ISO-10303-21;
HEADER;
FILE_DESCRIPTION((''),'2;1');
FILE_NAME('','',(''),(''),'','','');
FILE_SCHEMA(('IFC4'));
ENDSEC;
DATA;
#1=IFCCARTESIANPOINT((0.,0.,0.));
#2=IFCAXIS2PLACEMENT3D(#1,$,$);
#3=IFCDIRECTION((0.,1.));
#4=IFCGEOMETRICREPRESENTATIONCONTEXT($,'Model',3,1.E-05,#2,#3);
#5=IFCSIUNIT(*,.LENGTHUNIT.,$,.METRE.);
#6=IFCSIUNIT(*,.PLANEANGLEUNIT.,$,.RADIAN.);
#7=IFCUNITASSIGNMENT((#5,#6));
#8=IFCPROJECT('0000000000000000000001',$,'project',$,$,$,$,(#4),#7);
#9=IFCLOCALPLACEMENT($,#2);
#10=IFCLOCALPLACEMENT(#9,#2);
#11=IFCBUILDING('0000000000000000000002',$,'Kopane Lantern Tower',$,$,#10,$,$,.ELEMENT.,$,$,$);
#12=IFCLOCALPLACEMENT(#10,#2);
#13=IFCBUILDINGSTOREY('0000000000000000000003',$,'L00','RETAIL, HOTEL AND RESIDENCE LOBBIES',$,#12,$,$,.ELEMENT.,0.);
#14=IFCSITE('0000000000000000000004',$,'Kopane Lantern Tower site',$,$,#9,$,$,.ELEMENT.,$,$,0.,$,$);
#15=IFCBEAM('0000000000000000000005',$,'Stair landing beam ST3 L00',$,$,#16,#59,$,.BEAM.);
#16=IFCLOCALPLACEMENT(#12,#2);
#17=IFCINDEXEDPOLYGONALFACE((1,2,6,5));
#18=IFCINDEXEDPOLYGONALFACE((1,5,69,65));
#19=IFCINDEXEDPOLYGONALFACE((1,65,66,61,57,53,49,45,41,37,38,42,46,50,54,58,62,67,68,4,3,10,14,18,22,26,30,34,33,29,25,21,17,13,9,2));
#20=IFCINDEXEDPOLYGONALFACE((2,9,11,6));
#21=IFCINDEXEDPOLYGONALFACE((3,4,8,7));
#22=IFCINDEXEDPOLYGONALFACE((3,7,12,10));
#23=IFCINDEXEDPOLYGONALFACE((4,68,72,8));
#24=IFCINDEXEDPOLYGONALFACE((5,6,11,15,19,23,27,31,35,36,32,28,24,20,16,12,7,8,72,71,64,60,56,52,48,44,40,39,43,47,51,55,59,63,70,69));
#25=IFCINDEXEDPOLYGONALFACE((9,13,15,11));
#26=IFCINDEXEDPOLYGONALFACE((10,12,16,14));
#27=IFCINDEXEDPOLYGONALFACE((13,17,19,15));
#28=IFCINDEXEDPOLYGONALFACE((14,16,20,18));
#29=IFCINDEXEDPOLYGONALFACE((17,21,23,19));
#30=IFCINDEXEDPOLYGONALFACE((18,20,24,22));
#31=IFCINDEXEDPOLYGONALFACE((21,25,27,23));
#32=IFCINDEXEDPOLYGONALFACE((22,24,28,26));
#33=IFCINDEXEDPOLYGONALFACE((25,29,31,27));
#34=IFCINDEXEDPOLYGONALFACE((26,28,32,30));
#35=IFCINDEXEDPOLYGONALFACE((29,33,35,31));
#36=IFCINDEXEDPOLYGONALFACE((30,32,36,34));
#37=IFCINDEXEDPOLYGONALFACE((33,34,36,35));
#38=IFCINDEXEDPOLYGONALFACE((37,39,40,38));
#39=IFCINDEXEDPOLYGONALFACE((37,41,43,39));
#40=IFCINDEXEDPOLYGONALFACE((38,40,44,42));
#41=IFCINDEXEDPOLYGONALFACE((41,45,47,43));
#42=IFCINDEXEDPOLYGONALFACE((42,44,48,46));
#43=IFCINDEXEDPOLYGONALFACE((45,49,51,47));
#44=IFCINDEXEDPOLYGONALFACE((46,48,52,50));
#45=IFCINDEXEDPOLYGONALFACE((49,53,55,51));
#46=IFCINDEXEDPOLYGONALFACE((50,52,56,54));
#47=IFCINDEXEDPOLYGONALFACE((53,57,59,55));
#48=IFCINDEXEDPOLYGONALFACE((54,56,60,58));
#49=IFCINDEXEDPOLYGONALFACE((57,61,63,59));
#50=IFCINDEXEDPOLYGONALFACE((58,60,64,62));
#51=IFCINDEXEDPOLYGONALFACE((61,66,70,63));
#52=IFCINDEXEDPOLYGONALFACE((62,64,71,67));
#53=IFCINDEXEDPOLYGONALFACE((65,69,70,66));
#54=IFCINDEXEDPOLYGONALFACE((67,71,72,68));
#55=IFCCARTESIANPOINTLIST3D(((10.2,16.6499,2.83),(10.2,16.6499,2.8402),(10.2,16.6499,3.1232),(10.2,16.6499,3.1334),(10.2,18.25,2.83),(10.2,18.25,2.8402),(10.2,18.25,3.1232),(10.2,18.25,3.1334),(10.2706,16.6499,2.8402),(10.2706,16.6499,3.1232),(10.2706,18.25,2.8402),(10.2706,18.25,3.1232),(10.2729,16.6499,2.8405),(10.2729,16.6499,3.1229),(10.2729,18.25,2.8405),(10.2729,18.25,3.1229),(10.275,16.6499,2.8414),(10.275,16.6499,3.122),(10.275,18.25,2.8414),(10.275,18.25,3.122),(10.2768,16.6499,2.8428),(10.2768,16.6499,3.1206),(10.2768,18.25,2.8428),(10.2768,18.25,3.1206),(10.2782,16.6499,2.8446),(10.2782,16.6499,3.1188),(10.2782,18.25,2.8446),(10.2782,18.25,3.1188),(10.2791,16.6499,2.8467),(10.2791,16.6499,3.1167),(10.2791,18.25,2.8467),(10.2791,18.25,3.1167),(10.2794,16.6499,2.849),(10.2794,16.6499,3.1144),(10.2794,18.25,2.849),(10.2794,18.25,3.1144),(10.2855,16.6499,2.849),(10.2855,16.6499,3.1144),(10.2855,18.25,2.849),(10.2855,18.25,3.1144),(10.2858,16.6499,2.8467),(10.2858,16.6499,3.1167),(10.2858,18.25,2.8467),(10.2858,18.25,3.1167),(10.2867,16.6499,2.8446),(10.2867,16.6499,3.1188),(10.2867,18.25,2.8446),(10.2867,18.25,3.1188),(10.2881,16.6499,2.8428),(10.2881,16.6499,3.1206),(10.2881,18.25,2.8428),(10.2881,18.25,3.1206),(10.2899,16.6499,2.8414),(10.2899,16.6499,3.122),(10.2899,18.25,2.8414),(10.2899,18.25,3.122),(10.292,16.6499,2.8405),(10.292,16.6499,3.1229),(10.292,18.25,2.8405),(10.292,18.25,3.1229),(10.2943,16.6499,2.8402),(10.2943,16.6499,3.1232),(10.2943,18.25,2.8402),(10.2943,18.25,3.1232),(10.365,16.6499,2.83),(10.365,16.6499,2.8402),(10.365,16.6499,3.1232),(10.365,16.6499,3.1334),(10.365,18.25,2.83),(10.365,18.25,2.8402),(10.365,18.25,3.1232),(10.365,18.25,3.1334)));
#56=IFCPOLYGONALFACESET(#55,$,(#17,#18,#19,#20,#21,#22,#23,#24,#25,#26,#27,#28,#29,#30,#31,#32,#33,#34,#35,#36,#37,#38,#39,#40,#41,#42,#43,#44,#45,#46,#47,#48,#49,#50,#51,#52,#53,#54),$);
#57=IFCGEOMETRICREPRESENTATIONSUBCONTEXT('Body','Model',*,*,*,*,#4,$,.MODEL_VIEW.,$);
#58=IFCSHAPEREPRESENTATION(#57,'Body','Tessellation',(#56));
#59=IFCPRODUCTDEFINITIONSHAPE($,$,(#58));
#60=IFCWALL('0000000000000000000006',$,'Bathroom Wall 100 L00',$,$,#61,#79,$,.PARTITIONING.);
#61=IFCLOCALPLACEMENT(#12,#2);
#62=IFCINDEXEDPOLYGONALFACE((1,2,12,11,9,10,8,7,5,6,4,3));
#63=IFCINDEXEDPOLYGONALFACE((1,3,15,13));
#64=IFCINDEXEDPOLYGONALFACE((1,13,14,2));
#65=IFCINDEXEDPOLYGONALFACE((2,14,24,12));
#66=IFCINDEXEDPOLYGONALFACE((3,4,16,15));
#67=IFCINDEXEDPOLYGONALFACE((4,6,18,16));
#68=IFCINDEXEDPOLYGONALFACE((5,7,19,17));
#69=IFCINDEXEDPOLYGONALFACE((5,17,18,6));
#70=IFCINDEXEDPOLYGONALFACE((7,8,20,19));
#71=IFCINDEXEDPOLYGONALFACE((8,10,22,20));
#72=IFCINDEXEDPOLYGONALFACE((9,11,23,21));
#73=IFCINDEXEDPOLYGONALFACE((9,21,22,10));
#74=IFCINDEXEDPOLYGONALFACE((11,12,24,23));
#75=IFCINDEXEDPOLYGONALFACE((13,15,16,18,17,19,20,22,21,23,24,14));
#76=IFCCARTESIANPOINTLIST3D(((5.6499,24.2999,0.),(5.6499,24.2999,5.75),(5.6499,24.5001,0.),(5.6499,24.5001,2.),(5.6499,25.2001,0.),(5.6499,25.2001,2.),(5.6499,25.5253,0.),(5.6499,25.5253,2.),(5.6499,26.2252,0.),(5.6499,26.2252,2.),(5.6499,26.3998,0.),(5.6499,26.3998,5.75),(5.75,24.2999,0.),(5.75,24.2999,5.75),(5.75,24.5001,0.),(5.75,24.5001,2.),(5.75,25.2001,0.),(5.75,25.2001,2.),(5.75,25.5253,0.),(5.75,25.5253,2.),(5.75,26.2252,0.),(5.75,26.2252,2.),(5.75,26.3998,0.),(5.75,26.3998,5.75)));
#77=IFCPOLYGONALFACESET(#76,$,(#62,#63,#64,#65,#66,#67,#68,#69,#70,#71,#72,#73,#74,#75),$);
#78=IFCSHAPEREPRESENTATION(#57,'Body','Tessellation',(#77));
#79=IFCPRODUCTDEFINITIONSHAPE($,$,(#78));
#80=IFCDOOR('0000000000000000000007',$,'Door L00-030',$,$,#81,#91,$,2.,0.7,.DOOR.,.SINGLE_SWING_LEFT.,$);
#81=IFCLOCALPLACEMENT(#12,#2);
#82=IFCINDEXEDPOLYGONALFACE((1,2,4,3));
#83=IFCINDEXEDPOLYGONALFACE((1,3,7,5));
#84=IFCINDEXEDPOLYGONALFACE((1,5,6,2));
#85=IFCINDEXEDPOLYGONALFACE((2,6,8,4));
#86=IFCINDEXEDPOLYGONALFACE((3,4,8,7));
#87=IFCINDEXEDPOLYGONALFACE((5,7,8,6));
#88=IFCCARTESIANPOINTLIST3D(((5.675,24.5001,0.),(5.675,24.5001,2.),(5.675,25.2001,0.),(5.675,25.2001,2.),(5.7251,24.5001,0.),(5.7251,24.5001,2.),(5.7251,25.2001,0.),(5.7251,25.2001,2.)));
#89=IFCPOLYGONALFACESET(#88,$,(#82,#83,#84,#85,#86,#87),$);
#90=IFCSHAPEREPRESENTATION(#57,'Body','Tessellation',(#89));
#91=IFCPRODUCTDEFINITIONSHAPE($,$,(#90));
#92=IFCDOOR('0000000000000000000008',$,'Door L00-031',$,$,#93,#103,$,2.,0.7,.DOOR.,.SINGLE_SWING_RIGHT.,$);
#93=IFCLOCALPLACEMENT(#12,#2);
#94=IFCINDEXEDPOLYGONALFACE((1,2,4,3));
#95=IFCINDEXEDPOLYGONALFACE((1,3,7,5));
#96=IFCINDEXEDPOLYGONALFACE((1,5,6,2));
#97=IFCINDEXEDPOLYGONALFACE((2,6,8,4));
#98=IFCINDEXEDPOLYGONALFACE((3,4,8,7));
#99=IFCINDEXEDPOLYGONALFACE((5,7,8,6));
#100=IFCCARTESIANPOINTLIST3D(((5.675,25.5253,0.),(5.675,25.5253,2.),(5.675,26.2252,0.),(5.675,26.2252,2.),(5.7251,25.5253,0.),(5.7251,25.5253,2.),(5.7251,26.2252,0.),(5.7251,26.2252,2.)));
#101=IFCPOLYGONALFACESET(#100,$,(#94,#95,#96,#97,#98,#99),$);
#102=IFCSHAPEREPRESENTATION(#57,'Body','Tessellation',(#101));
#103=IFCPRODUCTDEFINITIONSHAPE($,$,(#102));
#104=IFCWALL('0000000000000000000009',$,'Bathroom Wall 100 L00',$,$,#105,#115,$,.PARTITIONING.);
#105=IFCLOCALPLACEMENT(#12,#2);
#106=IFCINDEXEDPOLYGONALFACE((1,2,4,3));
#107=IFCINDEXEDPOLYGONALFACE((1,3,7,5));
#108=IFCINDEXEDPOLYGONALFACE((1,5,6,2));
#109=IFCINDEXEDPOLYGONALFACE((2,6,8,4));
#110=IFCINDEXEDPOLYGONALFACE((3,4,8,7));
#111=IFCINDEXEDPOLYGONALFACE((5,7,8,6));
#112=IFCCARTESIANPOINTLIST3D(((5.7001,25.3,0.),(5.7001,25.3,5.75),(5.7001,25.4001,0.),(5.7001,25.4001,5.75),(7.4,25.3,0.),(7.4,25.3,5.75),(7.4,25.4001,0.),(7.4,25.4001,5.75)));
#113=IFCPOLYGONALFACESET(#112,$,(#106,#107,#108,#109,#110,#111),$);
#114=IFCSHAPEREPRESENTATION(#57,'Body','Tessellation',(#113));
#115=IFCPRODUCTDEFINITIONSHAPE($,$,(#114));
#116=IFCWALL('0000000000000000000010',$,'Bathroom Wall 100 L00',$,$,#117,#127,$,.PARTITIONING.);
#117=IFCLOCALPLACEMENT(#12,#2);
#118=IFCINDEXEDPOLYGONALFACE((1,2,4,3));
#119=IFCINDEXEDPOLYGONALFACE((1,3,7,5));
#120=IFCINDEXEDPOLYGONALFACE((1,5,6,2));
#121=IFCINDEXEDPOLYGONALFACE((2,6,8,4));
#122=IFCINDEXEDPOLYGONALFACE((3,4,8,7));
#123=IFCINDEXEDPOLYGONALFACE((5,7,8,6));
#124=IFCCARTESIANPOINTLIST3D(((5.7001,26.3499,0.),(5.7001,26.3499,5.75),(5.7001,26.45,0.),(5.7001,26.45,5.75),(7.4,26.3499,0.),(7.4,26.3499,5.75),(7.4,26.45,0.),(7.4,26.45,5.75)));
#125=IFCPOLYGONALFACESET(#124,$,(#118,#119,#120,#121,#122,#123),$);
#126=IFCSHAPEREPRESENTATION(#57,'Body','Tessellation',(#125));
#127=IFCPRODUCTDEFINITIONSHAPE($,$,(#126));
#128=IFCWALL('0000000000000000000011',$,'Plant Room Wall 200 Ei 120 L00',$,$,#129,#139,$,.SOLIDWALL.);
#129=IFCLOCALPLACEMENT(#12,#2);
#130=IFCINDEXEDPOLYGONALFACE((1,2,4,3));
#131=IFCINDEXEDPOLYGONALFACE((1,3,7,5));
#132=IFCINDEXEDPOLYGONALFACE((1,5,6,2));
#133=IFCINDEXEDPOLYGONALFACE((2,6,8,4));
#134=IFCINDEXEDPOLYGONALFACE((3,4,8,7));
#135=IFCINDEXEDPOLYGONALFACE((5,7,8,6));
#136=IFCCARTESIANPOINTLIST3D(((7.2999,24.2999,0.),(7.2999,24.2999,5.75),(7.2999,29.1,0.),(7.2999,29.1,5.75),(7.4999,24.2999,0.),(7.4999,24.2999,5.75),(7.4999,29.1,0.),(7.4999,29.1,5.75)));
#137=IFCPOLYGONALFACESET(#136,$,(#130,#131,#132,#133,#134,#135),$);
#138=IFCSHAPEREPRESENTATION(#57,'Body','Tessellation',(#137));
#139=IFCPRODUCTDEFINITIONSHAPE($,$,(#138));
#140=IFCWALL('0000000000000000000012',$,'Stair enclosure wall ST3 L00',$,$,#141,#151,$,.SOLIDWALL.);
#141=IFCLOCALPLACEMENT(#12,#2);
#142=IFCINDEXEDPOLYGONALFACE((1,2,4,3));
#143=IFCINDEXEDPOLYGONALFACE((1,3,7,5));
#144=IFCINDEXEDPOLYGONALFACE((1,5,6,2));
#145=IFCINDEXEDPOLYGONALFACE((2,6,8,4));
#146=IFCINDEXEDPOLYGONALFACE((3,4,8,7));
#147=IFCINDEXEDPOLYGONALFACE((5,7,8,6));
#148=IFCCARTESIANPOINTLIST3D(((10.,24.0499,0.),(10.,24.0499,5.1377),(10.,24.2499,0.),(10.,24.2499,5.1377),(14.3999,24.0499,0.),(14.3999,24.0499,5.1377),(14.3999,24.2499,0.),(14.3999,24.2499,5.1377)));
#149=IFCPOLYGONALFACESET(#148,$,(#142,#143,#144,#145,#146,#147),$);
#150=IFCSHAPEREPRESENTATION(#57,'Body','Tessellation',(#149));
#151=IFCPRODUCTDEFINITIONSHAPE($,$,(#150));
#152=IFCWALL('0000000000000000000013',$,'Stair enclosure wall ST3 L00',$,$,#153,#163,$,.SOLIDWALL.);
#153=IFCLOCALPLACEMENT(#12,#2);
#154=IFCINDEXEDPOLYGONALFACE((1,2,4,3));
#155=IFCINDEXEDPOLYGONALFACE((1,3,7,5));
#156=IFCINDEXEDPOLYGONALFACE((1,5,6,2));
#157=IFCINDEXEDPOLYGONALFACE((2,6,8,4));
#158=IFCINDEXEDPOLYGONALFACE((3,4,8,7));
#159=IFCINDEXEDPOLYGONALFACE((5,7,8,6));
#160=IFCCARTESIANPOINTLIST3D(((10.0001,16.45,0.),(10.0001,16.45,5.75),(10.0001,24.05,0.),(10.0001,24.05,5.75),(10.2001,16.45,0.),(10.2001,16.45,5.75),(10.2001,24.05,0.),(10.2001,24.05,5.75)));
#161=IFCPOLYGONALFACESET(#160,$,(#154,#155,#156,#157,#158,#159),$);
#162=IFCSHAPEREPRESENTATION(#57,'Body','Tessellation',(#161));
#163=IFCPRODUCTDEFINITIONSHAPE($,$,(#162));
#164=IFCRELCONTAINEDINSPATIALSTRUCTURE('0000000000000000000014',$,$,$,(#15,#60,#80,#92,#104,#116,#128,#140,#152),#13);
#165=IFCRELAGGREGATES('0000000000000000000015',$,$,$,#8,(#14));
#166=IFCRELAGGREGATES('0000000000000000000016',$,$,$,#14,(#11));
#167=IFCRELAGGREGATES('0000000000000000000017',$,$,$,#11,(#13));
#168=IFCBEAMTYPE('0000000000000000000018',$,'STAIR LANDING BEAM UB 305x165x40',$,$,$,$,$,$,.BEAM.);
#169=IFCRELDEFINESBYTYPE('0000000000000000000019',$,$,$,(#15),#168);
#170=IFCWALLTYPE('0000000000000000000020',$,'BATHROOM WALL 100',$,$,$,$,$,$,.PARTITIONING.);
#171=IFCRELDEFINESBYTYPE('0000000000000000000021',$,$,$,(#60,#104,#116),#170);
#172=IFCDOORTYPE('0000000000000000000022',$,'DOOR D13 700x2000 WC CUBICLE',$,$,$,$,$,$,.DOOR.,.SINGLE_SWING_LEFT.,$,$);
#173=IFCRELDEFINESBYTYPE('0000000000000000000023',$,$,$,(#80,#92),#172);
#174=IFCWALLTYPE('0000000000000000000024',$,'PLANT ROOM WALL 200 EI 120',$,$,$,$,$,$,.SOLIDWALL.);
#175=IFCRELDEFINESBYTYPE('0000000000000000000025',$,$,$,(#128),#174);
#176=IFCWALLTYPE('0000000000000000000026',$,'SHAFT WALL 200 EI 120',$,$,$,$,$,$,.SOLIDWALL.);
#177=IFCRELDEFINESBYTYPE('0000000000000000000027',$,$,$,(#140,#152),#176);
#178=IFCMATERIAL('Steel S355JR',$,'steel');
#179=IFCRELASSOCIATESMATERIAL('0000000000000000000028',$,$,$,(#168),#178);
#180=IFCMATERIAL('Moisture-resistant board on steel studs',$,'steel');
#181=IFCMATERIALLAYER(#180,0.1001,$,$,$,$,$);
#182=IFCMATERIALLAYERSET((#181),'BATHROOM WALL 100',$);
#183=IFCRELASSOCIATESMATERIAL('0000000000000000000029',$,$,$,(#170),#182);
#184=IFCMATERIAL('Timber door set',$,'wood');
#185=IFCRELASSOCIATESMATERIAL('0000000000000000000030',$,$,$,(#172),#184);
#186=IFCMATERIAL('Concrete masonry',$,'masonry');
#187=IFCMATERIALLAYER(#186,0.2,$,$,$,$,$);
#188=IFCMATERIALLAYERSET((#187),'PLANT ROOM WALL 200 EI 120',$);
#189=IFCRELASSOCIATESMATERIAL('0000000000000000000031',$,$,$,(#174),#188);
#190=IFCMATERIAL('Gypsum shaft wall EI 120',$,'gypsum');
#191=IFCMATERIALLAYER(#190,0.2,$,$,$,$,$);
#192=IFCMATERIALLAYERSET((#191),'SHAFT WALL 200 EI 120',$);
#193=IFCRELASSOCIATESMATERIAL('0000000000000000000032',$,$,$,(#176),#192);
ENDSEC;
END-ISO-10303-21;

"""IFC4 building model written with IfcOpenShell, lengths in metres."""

from ifc_helpers import new_model, si_unit, direction, frame, frame_2d, origin, origin_2d, place, context, subcontext, project, spatial, rectangle, i_section, extrude, material, layer, layer_set, material_profile, profile_set, type_object, element, fill, save


model = new_model("IFC4")

# Units and contexts
model_context = context("Model", 3, precision=1e-05, world=origin(), true_north=direction((0.0, 1.0)))
body_context = subcontext(model_context, "Body", "Model", "MODEL_VIEW")
ifc_project = project(units=[si_unit("LENGTHUNIT", "METRE"), si_unit("PLANEANGLEUNIT", "RADIAN")], contexts=[model_context])

# Site, building, storey
site_placement = place(None, origin())
site = spatial("IfcSite", under=ifc_project, at=site_placement, Name="Kopane Lantern Tower site", CompositionType="ELEMENT", RefElevation=0.0)
building_placement = place(site_placement, origin())
building = spatial("IfcBuilding", under=site, at=building_placement, Name="Kopane Lantern Tower", CompositionType="ELEMENT")
storey_placement = place(building_placement, origin())
storey = spatial("IfcBuildingStorey", under=building, at=storey_placement, Name="L00", Description="RETAIL, HOTEL AND RESIDENCE LOBBIES", CompositionType="ELEMENT", Elevation=0.0)

# Beam
ifc_material_1 = material(Name="Steel S355JR", Category="steel")
ifc_material_profile_1 = material_profile(ifc_material_1, i_section(OverallWidth=0.165, OverallDepth=0.3035, WebThickness=0.0061, FlangeThickness=0.0103, FilletRadius=0.0088, at=origin_2d()), Name="UB 305x165x40")
ifc_profile_set_1 = profile_set([ifc_material_profile_1], Name="Steel S355JR")
beam_type_1 = type_object("IfcBeamType", Name="STAIR LANDING BEAM UB 305x165x40", PredefinedType="BEAM", material=ifc_profile_set_1)
beam_placement = place(storey_placement, frame((10.2825, 16.6499, 2.9817), z_axis=(0.0, 1.0, 0.0), x_axis=(-1.0, 0.0, 0.0)))
element("IfcBeam", 1, at=beam_placement, inside=storey, type_object=beam_type_1, Name="Stair landing beam ST3 L00", PredefinedType="BEAM", context=body_context, shape_type="SweptSolid", body=[
    extrude(i_section(OverallWidth=0.165, OverallDepth=0.3035, WebThickness=0.0061, FlangeThickness=0.0103, FilletRadius=0.0088, at=origin_2d()), origin(), (0.0, 0.0, 1.0), 1.6001),
])

# Wall, openings, doors
ifc_material_2 = material(Name="Moisture-resistant board on steel studs", Category="steel")
ifc_layer_1 = layer(ifc_material_2, 0.1001)
ifc_layer_set_1 = layer_set([ifc_layer_1], Name="BATHROOM WALL 100")
wall_type_1 = type_object("IfcWallType", Name="BATHROOM WALL 100", PredefinedType="PARTITIONING", material=ifc_layer_set_1)
wall_1_placement = place(storey_placement, frame((5.7, 24.3, 0.0), z_axis=(0.0, 0.0, 1.0), x_axis=(0.0, 1.0, 0.0)))
wall_1 = element("IfcWall", 2, at=wall_1_placement, inside=storey, type_object=wall_type_1, Name="Bathroom Wall 100 L00", PredefinedType="PARTITIONING", context=body_context, shape_type="SweptSolid", body=[
    extrude(rectangle(XDim=2.0999, YDim=0.1001, at=frame_2d((1.0498, 0.0))), origin(), (0.0, 0.0, 1.0), 5.75),
])
opening_1_placement = place(wall_1_placement, frame((0.2, 0.0, 0.0)))
opening_1 = element("IfcOpeningElement", 3, at=opening_1_placement, cuts=wall_1, PredefinedType="OPENING", context=body_context, shape_type="SweptSolid", body=[
    extrude(rectangle(XDim=0.7, YDim=2.0, at=frame_2d((0.3501, 1.0))), frame((0.0, 0.0601, 0.0), z_axis=(0.0, -1.0, 0.0), x_axis=(1.0, 0.0, 0.0)), (0.0, 0.0, 1.0), 0.1201),
])
opening_2_placement = place(wall_1_placement, frame((1.2251, 0.0, 0.0)))
opening_2 = element("IfcOpeningElement", 4, at=opening_2_placement, cuts=wall_1, PredefinedType="OPENING", context=body_context, shape_type="SweptSolid", body=[
    extrude(rectangle(XDim=0.7, YDim=2.0, at=frame_2d((0.3501, 1.0))), frame((0.0, 0.0601, 0.0), z_axis=(0.0, -1.0, 0.0), x_axis=(1.0, 0.0, 0.0)), (0.0, 0.0, 1.0), 0.1201),
])
ifc_material_3 = material(Name="Timber door set", Category="wood")
door_type = type_object("IfcDoorType", Name="DOOR D13 700x2000 WC CUBICLE", OperationType="SINGLE_SWING_LEFT", PredefinedType="DOOR", material=ifc_material_3)
door_1_placement = place(opening_1_placement, origin())
door_1 = element("IfcDoor", 5, at=door_1_placement, inside=storey, type_object=door_type, Name="Door L00-030", OperationType="SINGLE_SWING_LEFT", OverallHeight=2.0, OverallWidth=0.7, PredefinedType="DOOR", context=body_context, shape_type="SweptSolid", body=[
    extrude(rectangle(XDim=0.7, YDim=2.0, at=frame_2d((0.3501, 1.0))), frame((0.0, 0.0249, 0.0), z_axis=(0.0, -1.0, 0.0), x_axis=(1.0, 0.0, 0.0)), (0.0, 0.0, 1.0), 0.05),
])
fill(opening_1, door_1)
door_2_placement = place(opening_2_placement, origin())
door_2 = element("IfcDoor", 6, at=door_2_placement, inside=storey, type_object=door_type, Name="Door L00-031", OperationType="SINGLE_SWING_RIGHT", OverallHeight=2.0, OverallWidth=0.7, PredefinedType="DOOR", context=body_context, shape_type="SweptSolid", body=[
    extrude(rectangle(XDim=0.7, YDim=2.0, at=frame_2d((0.3501, 1.0))), frame((0.0, 0.0249, 0.0), z_axis=(0.0, -1.0, 0.0), x_axis=(1.0, 0.0, 0.0)), (0.0, 0.0, 1.0), 0.05),
])
fill(opening_2, door_2)

# Walls
for number, where, z_axis, x_axis, name in (
    (7, (5.7, 25.3501, 0.0), (0.0, 0.0, 1.0), (1.0, 0.0, 0.0), "Bathroom Wall 100 L00"),
    (8, (5.7, 26.3999, 0.0), (0.0, 0.0, 1.0), (1.0, 0.0, 0.0), "Bathroom Wall 100 L00"),
):
    element("IfcWall", number, at=place(storey_placement, frame(where, z_axis=z_axis, x_axis=x_axis)), inside=storey, type_object=wall_type_1, Name=name, PredefinedType="PARTITIONING", context=body_context, shape_type="SweptSolid", body=[
        extrude(rectangle(XDim=1.7, YDim=0.1001, at=frame_2d((0.8501, 0.0))), origin(), (0.0, 0.0, 1.0), 5.75),
    ])
ifc_material_4 = material(Name="Concrete masonry", Category="masonry")
ifc_layer_2 = layer(ifc_material_4, 0.2)
ifc_layer_set_2 = layer_set([ifc_layer_2], Name="PLANT ROOM WALL 200 EI 120")
wall_type_2 = type_object("IfcWallType", Name="PLANT ROOM WALL 200 EI 120", PredefinedType="SOLIDWALL", material=ifc_layer_set_2)
wall_2_placement = place(storey_placement, frame((7.3999, 24.3, 0.0), z_axis=(0.0, 0.0, 1.0), x_axis=(0.0, 1.0, 0.0)))
element("IfcWall", 9, at=wall_2_placement, inside=storey, type_object=wall_type_2, Name="Plant Room Wall 200 Ei 120 L00", PredefinedType="SOLIDWALL", context=body_context, shape_type="SweptSolid", body=[
    extrude(rectangle(XDim=4.8, YDim=0.2, at=frame_2d((2.3999, 0.0))), origin(), (0.0, 0.0, 1.0), 5.75),
])
ifc_material_5 = material(Name="Gypsum shaft wall EI 120", Category="gypsum")
ifc_layer_3 = layer(ifc_material_5, 0.2)
ifc_layer_set_3 = layer_set([ifc_layer_3], Name="SHAFT WALL 200 EI 120")
wall_type_3 = type_object("IfcWallType", Name="SHAFT WALL 200 EI 120", PredefinedType="SOLIDWALL", material=ifc_layer_set_3)
wall_3_placement = place(storey_placement, frame((10.0, 24.1499, 0.0), z_axis=(0.0, 0.0, 1.0), x_axis=(1.0, 0.0, 0.0)))
element("IfcWall", 10, at=wall_3_placement, inside=storey, type_object=wall_type_3, Name="Stair enclosure wall ST3 L00", PredefinedType="SOLIDWALL", context=body_context, shape_type="SweptSolid", body=[
    extrude(rectangle(XDim=4.3999, YDim=0.2, at=frame_2d((2.2, 0.0))), origin(), (0.0, 0.0, 1.0), 5.1377),
])
wall_4_placement = place(storey_placement, frame((10.1001, 16.45, 0.0), z_axis=(0.0, 0.0, 1.0), x_axis=(0.0, 1.0, 0.0)))
element("IfcWall", 11, at=wall_4_placement, inside=storey, type_object=wall_type_3, Name="Stair enclosure wall ST3 L00", PredefinedType="SOLIDWALL", context=body_context, shape_type="SweptSolid", body=[
    extrude(rectangle(XDim=7.6001, YDim=0.2, at=frame_2d((3.8, 0.0))), origin(), (0.0, 0.0, 1.0), 5.75),
])

save(model, "model.ifc")
